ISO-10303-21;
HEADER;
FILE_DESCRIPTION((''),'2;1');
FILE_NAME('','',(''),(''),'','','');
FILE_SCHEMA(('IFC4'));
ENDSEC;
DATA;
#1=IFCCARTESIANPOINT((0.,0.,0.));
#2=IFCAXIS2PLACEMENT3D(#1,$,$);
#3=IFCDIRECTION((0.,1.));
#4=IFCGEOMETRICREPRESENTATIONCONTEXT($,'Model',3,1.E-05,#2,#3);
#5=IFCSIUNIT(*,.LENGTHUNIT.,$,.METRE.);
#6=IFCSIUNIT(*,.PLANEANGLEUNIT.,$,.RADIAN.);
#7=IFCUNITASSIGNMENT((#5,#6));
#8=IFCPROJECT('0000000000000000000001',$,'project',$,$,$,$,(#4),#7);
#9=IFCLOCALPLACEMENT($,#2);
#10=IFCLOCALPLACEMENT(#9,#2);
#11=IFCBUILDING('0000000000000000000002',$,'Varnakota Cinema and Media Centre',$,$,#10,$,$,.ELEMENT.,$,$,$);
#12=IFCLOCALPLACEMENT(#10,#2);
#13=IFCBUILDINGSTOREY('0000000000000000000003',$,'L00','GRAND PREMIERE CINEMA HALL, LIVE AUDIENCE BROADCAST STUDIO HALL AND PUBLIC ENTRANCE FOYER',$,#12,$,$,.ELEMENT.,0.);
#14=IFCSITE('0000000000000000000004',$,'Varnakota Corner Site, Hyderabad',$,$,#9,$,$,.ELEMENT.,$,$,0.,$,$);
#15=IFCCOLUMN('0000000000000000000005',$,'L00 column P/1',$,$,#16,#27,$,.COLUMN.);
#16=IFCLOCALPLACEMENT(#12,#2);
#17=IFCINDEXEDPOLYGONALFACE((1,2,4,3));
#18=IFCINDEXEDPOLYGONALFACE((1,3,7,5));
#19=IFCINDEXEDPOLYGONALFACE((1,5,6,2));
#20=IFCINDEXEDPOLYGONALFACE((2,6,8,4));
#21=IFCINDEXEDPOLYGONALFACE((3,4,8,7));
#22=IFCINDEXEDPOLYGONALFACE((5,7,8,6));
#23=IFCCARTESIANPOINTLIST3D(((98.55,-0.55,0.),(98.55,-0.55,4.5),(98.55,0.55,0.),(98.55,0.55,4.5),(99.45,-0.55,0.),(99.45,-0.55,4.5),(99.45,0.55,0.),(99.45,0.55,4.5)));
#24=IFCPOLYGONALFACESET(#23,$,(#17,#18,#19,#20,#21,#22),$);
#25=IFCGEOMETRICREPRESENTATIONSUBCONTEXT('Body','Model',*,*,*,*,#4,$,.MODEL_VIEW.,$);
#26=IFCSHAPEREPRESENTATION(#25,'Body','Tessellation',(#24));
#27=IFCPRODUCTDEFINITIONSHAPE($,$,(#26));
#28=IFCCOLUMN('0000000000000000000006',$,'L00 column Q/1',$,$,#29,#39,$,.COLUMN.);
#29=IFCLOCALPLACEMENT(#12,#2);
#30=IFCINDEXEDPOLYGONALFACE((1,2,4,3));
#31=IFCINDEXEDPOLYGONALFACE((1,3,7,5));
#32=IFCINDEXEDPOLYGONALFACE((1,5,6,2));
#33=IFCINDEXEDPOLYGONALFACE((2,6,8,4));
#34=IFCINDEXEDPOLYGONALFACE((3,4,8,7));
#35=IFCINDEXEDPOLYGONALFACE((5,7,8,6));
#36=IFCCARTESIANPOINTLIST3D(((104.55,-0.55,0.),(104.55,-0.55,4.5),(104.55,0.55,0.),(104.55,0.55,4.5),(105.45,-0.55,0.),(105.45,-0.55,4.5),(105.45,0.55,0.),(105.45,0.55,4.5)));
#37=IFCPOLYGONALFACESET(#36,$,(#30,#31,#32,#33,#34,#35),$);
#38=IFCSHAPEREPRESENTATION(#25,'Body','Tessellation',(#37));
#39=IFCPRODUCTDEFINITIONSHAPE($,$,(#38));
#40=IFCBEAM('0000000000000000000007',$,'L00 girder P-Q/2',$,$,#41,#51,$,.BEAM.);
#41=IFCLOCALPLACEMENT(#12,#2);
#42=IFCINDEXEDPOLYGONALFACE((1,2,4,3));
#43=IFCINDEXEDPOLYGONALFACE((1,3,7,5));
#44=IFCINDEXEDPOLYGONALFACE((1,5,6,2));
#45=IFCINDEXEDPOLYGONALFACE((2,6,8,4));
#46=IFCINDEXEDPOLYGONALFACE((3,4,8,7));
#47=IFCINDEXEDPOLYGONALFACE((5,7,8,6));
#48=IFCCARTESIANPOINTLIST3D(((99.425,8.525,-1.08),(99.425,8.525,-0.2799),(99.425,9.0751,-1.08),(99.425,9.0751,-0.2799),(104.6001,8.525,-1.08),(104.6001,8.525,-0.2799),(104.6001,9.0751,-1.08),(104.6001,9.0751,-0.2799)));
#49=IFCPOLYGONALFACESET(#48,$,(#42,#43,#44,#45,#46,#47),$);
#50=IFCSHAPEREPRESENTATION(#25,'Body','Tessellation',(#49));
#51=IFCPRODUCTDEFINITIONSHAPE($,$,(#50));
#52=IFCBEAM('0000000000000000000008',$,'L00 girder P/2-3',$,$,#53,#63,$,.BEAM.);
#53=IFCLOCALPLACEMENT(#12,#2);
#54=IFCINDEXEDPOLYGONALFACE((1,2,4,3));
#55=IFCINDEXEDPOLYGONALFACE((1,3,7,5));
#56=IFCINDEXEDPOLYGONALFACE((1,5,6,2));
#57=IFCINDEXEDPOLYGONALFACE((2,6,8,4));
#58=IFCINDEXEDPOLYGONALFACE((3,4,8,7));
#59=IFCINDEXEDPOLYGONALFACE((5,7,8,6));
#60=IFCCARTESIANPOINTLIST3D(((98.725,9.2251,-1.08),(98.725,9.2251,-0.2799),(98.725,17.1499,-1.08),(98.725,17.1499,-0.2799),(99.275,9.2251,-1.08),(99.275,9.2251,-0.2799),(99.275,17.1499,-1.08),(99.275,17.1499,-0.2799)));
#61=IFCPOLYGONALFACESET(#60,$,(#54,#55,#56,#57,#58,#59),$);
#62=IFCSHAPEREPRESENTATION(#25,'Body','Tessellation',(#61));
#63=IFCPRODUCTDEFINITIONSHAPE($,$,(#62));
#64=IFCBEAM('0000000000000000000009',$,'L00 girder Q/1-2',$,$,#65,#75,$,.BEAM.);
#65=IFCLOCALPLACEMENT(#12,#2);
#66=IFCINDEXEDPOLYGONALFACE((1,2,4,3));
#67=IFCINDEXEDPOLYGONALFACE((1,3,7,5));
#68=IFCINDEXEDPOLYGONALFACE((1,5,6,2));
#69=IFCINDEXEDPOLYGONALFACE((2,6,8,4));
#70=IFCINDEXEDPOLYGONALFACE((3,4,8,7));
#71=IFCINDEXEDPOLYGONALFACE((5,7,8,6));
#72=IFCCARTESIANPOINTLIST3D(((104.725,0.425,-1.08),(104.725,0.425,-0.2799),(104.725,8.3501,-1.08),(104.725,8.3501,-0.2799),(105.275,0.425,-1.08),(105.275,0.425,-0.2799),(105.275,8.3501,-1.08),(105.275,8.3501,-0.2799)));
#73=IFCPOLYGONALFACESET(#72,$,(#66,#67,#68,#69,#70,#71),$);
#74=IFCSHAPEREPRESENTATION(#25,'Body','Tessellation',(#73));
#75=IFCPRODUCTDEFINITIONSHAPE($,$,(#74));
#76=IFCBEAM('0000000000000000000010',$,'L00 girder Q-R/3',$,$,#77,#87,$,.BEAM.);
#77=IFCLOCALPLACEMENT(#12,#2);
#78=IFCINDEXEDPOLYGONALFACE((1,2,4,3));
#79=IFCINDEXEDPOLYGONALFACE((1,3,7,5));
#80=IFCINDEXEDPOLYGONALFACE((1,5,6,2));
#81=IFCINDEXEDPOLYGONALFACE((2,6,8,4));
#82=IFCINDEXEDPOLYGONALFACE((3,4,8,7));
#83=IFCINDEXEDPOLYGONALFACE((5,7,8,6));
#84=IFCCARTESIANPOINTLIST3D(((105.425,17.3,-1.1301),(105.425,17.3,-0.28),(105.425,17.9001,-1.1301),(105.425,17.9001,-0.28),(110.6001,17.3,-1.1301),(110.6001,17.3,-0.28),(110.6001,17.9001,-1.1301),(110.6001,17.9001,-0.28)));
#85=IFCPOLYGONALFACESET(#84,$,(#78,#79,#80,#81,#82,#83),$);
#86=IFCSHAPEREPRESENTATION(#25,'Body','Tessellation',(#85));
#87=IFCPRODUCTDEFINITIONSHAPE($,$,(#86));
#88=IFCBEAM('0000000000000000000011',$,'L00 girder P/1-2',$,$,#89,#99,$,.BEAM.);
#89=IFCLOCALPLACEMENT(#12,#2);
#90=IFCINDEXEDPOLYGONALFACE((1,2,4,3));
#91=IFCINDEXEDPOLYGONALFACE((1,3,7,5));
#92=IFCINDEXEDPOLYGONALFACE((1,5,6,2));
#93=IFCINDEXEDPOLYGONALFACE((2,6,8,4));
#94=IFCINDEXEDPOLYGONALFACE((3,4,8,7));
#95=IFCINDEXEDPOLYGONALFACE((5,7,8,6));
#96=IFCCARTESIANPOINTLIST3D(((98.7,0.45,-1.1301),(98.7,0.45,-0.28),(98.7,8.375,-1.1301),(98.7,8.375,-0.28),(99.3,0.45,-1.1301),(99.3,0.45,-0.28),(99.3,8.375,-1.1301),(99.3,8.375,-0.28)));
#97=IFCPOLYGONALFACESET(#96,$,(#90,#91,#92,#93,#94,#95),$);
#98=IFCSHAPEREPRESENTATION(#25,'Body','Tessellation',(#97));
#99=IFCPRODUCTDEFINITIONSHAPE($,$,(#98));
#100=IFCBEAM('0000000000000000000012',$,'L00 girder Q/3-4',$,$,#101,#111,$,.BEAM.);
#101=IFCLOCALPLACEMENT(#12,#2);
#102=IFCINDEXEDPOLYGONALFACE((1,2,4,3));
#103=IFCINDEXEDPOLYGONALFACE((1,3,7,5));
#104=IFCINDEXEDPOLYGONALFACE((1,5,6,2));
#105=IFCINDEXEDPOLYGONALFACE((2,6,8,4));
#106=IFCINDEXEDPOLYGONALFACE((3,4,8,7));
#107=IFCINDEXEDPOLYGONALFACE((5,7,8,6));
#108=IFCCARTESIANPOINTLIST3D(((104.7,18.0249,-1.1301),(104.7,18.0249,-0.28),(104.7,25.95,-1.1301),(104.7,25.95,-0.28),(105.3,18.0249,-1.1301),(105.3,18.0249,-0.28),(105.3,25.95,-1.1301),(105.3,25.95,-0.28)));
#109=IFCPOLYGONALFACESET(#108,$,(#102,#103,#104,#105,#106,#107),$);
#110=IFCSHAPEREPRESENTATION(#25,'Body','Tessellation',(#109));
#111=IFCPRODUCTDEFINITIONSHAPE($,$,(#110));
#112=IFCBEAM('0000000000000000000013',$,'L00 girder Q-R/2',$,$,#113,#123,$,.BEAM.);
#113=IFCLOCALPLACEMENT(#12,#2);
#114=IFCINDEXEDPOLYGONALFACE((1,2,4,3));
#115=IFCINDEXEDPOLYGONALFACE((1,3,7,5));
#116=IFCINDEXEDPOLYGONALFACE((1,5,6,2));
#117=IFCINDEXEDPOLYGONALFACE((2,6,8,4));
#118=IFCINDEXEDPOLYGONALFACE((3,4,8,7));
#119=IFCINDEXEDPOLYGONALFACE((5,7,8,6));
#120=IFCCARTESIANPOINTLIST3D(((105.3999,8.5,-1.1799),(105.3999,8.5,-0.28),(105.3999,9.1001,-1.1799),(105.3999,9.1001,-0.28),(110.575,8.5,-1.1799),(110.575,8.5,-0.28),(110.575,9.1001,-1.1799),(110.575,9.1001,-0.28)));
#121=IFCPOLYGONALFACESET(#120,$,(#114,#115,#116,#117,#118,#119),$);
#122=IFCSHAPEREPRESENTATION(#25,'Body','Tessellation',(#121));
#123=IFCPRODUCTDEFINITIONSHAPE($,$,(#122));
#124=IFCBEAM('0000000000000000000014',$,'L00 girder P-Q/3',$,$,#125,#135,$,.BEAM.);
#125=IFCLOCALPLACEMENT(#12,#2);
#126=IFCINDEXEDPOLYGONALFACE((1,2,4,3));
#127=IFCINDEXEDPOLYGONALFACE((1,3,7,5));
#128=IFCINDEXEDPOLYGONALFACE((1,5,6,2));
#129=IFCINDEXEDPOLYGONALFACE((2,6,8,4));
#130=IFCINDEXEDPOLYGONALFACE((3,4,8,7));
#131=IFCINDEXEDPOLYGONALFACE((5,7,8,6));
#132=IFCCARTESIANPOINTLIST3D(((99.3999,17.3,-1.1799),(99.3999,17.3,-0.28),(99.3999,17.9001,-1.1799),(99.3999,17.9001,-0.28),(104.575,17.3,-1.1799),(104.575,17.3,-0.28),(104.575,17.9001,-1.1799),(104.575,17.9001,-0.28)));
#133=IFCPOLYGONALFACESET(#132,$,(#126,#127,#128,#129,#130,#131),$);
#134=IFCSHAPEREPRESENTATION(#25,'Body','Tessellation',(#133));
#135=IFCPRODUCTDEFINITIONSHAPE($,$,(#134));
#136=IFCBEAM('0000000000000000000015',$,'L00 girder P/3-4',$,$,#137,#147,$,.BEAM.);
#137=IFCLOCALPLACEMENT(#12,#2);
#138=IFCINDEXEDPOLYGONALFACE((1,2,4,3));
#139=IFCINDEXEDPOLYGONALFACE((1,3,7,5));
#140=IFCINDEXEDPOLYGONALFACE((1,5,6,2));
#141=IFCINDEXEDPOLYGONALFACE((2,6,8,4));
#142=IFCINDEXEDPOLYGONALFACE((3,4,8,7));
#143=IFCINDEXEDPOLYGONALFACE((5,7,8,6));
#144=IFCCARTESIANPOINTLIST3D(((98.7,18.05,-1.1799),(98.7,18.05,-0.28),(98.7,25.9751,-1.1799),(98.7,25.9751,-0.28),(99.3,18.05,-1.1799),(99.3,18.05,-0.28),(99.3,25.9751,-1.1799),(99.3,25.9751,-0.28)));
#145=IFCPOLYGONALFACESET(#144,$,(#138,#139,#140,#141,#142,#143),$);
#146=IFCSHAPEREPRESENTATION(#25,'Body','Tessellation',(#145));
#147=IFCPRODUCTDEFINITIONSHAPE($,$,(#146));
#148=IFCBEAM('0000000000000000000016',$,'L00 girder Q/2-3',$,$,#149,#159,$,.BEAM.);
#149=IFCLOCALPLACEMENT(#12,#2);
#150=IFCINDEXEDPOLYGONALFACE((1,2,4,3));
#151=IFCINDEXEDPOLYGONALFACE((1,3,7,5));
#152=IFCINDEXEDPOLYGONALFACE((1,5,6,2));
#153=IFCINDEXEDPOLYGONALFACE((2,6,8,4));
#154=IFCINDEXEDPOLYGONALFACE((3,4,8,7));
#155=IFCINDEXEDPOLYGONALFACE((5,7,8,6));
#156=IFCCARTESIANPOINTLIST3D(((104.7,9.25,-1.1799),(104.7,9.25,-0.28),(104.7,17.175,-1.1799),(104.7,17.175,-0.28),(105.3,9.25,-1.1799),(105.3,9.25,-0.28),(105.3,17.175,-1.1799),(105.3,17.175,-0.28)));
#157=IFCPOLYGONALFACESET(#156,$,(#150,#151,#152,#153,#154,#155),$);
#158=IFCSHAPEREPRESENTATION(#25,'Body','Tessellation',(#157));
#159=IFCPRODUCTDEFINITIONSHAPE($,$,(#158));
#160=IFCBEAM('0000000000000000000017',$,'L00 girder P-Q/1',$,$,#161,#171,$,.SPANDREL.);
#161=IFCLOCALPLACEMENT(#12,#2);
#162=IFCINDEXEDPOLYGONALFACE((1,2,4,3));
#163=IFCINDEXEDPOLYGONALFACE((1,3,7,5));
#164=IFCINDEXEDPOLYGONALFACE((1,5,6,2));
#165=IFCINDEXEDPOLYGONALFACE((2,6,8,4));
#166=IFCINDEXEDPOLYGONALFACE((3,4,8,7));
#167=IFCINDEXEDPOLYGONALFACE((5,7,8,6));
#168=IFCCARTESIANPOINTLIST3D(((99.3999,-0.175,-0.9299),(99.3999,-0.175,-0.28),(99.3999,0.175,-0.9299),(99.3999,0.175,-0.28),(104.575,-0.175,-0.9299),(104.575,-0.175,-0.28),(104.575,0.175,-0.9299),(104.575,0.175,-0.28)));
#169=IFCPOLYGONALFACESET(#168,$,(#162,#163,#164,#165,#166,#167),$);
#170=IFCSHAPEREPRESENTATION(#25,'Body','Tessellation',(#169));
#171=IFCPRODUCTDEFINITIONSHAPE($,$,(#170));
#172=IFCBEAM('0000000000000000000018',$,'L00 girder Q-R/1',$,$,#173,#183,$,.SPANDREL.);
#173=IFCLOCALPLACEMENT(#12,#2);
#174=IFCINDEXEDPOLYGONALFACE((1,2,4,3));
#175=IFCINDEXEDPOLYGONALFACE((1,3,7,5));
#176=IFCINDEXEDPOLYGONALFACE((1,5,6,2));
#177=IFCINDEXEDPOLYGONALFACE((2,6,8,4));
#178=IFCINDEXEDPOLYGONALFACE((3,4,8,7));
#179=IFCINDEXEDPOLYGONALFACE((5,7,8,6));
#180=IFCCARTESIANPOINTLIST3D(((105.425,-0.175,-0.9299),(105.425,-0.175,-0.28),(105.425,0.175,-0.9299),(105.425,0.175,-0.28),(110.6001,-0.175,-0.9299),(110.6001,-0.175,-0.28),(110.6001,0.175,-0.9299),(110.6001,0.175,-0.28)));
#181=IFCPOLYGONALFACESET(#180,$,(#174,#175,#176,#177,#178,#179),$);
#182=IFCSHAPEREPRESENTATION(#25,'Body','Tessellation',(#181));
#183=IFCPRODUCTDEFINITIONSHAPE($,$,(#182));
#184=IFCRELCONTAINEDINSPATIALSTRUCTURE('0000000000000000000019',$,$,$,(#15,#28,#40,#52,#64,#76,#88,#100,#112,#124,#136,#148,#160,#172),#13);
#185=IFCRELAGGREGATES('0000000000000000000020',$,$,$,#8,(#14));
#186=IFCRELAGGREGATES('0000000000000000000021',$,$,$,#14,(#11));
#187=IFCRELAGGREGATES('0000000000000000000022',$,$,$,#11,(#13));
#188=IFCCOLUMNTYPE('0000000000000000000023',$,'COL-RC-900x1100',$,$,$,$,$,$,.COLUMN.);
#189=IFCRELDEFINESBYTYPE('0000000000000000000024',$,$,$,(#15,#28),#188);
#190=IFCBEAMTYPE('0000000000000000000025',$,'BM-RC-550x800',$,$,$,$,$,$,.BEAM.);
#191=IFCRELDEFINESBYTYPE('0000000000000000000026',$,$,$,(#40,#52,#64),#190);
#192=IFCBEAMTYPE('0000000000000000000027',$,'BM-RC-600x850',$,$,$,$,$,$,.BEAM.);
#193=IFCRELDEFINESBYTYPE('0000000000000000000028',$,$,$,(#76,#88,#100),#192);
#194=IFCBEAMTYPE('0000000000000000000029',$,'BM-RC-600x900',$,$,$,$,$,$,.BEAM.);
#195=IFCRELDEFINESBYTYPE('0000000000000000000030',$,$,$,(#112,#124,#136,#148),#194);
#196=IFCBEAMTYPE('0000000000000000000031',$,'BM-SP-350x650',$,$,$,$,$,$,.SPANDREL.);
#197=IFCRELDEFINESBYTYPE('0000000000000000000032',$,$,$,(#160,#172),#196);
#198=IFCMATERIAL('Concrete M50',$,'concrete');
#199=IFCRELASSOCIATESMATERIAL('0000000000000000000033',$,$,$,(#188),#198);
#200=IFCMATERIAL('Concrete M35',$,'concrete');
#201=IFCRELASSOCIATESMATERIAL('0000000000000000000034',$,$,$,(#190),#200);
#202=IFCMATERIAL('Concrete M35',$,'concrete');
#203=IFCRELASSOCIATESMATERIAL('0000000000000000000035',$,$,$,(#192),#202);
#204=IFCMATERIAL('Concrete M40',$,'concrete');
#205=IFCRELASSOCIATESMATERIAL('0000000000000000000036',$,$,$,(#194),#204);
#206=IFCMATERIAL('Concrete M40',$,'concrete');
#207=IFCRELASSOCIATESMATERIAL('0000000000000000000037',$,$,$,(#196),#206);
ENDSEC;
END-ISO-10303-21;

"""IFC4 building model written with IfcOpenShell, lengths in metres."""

from ifc_helpers import new_model, si_unit, direction, frame, origin, origin_2d, place, context, subcontext, project, spatial, rectangle, extrude, material, material_profile, profile_set, type_object, element, save


model = new_model("IFC4")

# Units and contexts
model_context = context("Model", 3, precision=1e-05, world=origin(), true_north=direction((0.0, 1.0)))
body_context = subcontext(model_context, "Body", "Model", "MODEL_VIEW")
ifc_project = project(units=[si_unit("LENGTHUNIT", "METRE"), si_unit("PLANEANGLEUNIT", "RADIAN")], contexts=[model_context])

# Site, building, storey
site_placement = place(None, origin())
site = spatial("IfcSite", under=ifc_project, at=site_placement, Name="Varnakota Corner Site, Hyderabad", CompositionType="ELEMENT", RefElevation=0.0)
building_placement = place(site_placement, origin())
building = spatial("IfcBuilding", under=site, at=building_placement, Name="Varnakota Cinema and Media Centre", CompositionType="ELEMENT")
storey_placement = place(building_placement, origin())
storey = spatial("IfcBuildingStorey", under=building, at=storey_placement, Name="L00", Description="GRAND PREMIERE CINEMA HALL, LIVE AUDIENCE BROADCAST STUDIO HALL AND PUBLIC ENTRANCE FOYER", CompositionType="ELEMENT", Elevation=0.0)

# Columns
ifc_material_1 = material(Name="Concrete M50", Category="concrete")
ifc_material_profile_1 = material_profile(ifc_material_1, rectangle(XDim=0.8999, YDim=1.1001, at=origin_2d()), Name="RC 900x1100")
ifc_profile_set_1 = profile_set([ifc_material_profile_1], Name="Concrete M50")
column_type = type_object("IfcColumnType", Name="COL-RC-900x1100", PredefinedType="COLUMN", material=ifc_profile_set_1)
for number, where, z_axis, x_axis, name in (
    (1, (99.0, 0.0, 0.0), (0.0, 0.0, 1.0), (1.0, 0.0, 0.0), "L00 column P/1"),
    (2, (105.0, 0.0, 0.0), (0.0, 0.0, 1.0), (1.0, 0.0, 0.0), "L00 column Q/1"),
):
    element("IfcColumn", number, at=place(storey_placement, frame(where, z_axis=z_axis, x_axis=x_axis)), inside=storey, type_object=column_type, Name=name, PredefinedType="COLUMN", context=body_context, shape_type="SweptSolid", body=[
        extrude(rectangle(XDim=0.8999, YDim=1.1001, at=origin_2d()), origin(), (0.0, 0.0, 1.0), 4.5),
    ])

# Beams
ifc_material_2 = material(Name="Concrete M35", Category="concrete")
ifc_material_profile_2 = material_profile(ifc_material_2, rectangle(XDim=0.55, YDim=0.8, at=origin_2d()), Name="RCB 550x800")
ifc_profile_set_2 = profile_set([ifc_material_profile_2], Name="Concrete M35")
beam_type_1 = type_object("IfcBeamType", Name="BM-RC-550x800", PredefinedType="BEAM", material=ifc_profile_set_2)
beam_1_placement = place(storey_placement, frame((99.425, 8.8, -0.6799), z_axis=(1.0, 0.0, 0.0), x_axis=(0.0, 1.0, 0.0)))
element("IfcBeam", 3, at=beam_1_placement, inside=storey, type_object=beam_type_1, Name="L00 girder P-Q/2", PredefinedType="BEAM", context=body_context, shape_type="SweptSolid", body=[
    extrude(rectangle(XDim=0.55, YDim=0.8, at=origin_2d()), origin(), (0.0, 0.0, 1.0), 5.175),
])
beam_2_placement = place(storey_placement, frame((99.0, 9.2251, -0.6799), z_axis=(0.0, 1.0, 0.0), x_axis=(-1.0, 0.0, 0.0)))
element("IfcBeam", 4, at=beam_2_placement, inside=storey, type_object=beam_type_1, Name="L00 girder P/2-3", PredefinedType="BEAM", context=body_context, shape_type="SweptSolid", body=[
    extrude(rectangle(XDim=0.55, YDim=0.8, at=origin_2d()), origin(), (0.0, 0.0, 1.0), 7.9248),
])
beam_3_placement = place(storey_placement, frame((105.0, 0.425, -0.6799), z_axis=(0.0, 1.0, 0.0), x_axis=(-1.0, 0.0, 0.0)))
element("IfcBeam", 5, at=beam_3_placement, inside=storey, type_object=beam_type_1, Name="L00 girder Q/1-2", PredefinedType="BEAM", context=body_context, shape_type="SweptSolid", body=[
    extrude(rectangle(XDim=0.55, YDim=0.8, at=origin_2d()), origin(), (0.0, 0.0, 1.0), 7.925),
])
ifc_material_3 = material(Name="Concrete M35", Category="concrete")
ifc_material_profile_3 = material_profile(ifc_material_3, rectangle(XDim=0.6001, YDim=0.8501, at=origin_2d()), Name="RCB 600x850")
ifc_profile_set_3 = profile_set([ifc_material_profile_3], Name="Concrete M35")
beam_type_2 = type_object("IfcBeamType", Name="BM-RC-600x850", PredefinedType="BEAM", material=ifc_profile_set_3)
beam_4_placement = place(storey_placement, frame((105.425, 17.6001, -0.7051), z_axis=(1.0, 0.0, 0.0), x_axis=(0.0, 1.0, 0.0)))
element("IfcBeam", 6, at=beam_4_placement, inside=storey, type_object=beam_type_2, Name="L00 girder Q-R/3", PredefinedType="BEAM", context=body_context, shape_type="SweptSolid", body=[
    extrude(rectangle(XDim=0.6001, YDim=0.8501, at=origin_2d()), origin(), (0.0, 0.0, 1.0), 5.175),
])
for number, where, z_axis, x_axis, name in (
    (7, (99.0, 0.45, -0.7051), (0.0, 1.0, 0.0), (-1.0, 0.0, 0.0), "L00 girder P/1-2"),
    (8, (105.0, 18.0249, -0.7051), (0.0, 1.0, 0.0), (-1.0, 0.0, 0.0), "L00 girder Q/3-4"),
):
    element("IfcBeam", number, at=place(storey_placement, frame(where, z_axis=z_axis, x_axis=x_axis)), inside=storey, type_object=beam_type_2, Name=name, PredefinedType="BEAM", context=body_context, shape_type="SweptSolid", body=[
        extrude(rectangle(XDim=0.6001, YDim=0.8501, at=origin_2d()), origin(), (0.0, 0.0, 1.0), 7.925),
    ])
ifc_material_4 = material(Name="Concrete M40", Category="concrete")
ifc_material_profile_4 = material_profile(ifc_material_4, rectangle(XDim=0.6001, YDim=0.8999, at=origin_2d()), Name="RCB 600x900")
ifc_profile_set_4 = profile_set([ifc_material_profile_4], Name="Concrete M40")
beam_type_3 = type_object("IfcBeamType", Name="BM-RC-600x900", PredefinedType="BEAM", material=ifc_profile_set_4)
for number, where, z_axis, x_axis, name in (
    (9, (105.3999, 8.8, -0.73), (1.0, 0.0, 0.0), (0.0, 1.0, 0.0), "L00 girder Q-R/2"),
    (10, (99.3999, 17.6001, -0.73), (1.0, 0.0, 0.0), (0.0, 1.0, 0.0), "L00 girder P-Q/3"),
):
    element("IfcBeam", number, at=place(storey_placement, frame(where, z_axis=z_axis, x_axis=x_axis)), inside=storey, type_object=beam_type_3, Name=name, PredefinedType="BEAM", context=body_context, shape_type="SweptSolid", body=[
        extrude(rectangle(XDim=0.6001, YDim=0.8999, at=origin_2d()), origin(), (0.0, 0.0, 1.0), 5.175),
    ])
for number, where, z_axis, x_axis, name in (
    (11, (99.0, 18.05, -0.73), (0.0, 1.0, 0.0), (-1.0, 0.0, 0.0), "L00 girder P/3-4"),
    (12, (105.0, 9.25, -0.73), (0.0, 1.0, 0.0), (-1.0, 0.0, 0.0), "L00 girder Q/2-3"),
):
    element("IfcBeam", number, at=place(storey_placement, frame(where, z_axis=z_axis, x_axis=x_axis)), inside=storey, type_object=beam_type_3, Name=name, PredefinedType="BEAM", context=body_context, shape_type="SweptSolid", body=[
        extrude(rectangle(XDim=0.6001, YDim=0.8999, at=origin_2d()), origin(), (0.0, 0.0, 1.0), 7.925),
    ])
ifc_material_5 = material(Name="Concrete M40", Category="concrete")
ifc_material_profile_5 = material_profile(ifc_material_5, rectangle(XDim=0.3501, YDim=0.6499, at=origin_2d()), Name="RCB 350x650")
ifc_profile_set_5 = profile_set([ifc_material_profile_5], Name="Concrete M40")
beam_type_4 = type_object("IfcBeamType", Name="BM-SP-350x650", PredefinedType="SPANDREL", material=ifc_profile_set_5)
for number, where, z_axis, x_axis, name in (
    (13, (99.3999, 0.0, -0.605), (1.0, 0.0, 0.0), (0.0, 1.0, 0.0), "L00 girder P-Q/1"),
    (14, (105.425, 0.0, -0.605), (1.0, 0.0, 0.0), (0.0, 1.0, 0.0), "L00 girder Q-R/1"),
):
    element("IfcBeam", number, at=place(storey_placement, frame(where, z_axis=z_axis, x_axis=x_axis)), inside=storey, type_object=beam_type_4, Name=name, PredefinedType="SPANDREL", context=body_context, shape_type="SweptSolid", body=[
        extrude(rectangle(XDim=0.3501, YDim=0.6499, at=origin_2d()), origin(), (0.0, 0.0, 1.0), 5.175),
    ])

save(model, "model.ifc")
